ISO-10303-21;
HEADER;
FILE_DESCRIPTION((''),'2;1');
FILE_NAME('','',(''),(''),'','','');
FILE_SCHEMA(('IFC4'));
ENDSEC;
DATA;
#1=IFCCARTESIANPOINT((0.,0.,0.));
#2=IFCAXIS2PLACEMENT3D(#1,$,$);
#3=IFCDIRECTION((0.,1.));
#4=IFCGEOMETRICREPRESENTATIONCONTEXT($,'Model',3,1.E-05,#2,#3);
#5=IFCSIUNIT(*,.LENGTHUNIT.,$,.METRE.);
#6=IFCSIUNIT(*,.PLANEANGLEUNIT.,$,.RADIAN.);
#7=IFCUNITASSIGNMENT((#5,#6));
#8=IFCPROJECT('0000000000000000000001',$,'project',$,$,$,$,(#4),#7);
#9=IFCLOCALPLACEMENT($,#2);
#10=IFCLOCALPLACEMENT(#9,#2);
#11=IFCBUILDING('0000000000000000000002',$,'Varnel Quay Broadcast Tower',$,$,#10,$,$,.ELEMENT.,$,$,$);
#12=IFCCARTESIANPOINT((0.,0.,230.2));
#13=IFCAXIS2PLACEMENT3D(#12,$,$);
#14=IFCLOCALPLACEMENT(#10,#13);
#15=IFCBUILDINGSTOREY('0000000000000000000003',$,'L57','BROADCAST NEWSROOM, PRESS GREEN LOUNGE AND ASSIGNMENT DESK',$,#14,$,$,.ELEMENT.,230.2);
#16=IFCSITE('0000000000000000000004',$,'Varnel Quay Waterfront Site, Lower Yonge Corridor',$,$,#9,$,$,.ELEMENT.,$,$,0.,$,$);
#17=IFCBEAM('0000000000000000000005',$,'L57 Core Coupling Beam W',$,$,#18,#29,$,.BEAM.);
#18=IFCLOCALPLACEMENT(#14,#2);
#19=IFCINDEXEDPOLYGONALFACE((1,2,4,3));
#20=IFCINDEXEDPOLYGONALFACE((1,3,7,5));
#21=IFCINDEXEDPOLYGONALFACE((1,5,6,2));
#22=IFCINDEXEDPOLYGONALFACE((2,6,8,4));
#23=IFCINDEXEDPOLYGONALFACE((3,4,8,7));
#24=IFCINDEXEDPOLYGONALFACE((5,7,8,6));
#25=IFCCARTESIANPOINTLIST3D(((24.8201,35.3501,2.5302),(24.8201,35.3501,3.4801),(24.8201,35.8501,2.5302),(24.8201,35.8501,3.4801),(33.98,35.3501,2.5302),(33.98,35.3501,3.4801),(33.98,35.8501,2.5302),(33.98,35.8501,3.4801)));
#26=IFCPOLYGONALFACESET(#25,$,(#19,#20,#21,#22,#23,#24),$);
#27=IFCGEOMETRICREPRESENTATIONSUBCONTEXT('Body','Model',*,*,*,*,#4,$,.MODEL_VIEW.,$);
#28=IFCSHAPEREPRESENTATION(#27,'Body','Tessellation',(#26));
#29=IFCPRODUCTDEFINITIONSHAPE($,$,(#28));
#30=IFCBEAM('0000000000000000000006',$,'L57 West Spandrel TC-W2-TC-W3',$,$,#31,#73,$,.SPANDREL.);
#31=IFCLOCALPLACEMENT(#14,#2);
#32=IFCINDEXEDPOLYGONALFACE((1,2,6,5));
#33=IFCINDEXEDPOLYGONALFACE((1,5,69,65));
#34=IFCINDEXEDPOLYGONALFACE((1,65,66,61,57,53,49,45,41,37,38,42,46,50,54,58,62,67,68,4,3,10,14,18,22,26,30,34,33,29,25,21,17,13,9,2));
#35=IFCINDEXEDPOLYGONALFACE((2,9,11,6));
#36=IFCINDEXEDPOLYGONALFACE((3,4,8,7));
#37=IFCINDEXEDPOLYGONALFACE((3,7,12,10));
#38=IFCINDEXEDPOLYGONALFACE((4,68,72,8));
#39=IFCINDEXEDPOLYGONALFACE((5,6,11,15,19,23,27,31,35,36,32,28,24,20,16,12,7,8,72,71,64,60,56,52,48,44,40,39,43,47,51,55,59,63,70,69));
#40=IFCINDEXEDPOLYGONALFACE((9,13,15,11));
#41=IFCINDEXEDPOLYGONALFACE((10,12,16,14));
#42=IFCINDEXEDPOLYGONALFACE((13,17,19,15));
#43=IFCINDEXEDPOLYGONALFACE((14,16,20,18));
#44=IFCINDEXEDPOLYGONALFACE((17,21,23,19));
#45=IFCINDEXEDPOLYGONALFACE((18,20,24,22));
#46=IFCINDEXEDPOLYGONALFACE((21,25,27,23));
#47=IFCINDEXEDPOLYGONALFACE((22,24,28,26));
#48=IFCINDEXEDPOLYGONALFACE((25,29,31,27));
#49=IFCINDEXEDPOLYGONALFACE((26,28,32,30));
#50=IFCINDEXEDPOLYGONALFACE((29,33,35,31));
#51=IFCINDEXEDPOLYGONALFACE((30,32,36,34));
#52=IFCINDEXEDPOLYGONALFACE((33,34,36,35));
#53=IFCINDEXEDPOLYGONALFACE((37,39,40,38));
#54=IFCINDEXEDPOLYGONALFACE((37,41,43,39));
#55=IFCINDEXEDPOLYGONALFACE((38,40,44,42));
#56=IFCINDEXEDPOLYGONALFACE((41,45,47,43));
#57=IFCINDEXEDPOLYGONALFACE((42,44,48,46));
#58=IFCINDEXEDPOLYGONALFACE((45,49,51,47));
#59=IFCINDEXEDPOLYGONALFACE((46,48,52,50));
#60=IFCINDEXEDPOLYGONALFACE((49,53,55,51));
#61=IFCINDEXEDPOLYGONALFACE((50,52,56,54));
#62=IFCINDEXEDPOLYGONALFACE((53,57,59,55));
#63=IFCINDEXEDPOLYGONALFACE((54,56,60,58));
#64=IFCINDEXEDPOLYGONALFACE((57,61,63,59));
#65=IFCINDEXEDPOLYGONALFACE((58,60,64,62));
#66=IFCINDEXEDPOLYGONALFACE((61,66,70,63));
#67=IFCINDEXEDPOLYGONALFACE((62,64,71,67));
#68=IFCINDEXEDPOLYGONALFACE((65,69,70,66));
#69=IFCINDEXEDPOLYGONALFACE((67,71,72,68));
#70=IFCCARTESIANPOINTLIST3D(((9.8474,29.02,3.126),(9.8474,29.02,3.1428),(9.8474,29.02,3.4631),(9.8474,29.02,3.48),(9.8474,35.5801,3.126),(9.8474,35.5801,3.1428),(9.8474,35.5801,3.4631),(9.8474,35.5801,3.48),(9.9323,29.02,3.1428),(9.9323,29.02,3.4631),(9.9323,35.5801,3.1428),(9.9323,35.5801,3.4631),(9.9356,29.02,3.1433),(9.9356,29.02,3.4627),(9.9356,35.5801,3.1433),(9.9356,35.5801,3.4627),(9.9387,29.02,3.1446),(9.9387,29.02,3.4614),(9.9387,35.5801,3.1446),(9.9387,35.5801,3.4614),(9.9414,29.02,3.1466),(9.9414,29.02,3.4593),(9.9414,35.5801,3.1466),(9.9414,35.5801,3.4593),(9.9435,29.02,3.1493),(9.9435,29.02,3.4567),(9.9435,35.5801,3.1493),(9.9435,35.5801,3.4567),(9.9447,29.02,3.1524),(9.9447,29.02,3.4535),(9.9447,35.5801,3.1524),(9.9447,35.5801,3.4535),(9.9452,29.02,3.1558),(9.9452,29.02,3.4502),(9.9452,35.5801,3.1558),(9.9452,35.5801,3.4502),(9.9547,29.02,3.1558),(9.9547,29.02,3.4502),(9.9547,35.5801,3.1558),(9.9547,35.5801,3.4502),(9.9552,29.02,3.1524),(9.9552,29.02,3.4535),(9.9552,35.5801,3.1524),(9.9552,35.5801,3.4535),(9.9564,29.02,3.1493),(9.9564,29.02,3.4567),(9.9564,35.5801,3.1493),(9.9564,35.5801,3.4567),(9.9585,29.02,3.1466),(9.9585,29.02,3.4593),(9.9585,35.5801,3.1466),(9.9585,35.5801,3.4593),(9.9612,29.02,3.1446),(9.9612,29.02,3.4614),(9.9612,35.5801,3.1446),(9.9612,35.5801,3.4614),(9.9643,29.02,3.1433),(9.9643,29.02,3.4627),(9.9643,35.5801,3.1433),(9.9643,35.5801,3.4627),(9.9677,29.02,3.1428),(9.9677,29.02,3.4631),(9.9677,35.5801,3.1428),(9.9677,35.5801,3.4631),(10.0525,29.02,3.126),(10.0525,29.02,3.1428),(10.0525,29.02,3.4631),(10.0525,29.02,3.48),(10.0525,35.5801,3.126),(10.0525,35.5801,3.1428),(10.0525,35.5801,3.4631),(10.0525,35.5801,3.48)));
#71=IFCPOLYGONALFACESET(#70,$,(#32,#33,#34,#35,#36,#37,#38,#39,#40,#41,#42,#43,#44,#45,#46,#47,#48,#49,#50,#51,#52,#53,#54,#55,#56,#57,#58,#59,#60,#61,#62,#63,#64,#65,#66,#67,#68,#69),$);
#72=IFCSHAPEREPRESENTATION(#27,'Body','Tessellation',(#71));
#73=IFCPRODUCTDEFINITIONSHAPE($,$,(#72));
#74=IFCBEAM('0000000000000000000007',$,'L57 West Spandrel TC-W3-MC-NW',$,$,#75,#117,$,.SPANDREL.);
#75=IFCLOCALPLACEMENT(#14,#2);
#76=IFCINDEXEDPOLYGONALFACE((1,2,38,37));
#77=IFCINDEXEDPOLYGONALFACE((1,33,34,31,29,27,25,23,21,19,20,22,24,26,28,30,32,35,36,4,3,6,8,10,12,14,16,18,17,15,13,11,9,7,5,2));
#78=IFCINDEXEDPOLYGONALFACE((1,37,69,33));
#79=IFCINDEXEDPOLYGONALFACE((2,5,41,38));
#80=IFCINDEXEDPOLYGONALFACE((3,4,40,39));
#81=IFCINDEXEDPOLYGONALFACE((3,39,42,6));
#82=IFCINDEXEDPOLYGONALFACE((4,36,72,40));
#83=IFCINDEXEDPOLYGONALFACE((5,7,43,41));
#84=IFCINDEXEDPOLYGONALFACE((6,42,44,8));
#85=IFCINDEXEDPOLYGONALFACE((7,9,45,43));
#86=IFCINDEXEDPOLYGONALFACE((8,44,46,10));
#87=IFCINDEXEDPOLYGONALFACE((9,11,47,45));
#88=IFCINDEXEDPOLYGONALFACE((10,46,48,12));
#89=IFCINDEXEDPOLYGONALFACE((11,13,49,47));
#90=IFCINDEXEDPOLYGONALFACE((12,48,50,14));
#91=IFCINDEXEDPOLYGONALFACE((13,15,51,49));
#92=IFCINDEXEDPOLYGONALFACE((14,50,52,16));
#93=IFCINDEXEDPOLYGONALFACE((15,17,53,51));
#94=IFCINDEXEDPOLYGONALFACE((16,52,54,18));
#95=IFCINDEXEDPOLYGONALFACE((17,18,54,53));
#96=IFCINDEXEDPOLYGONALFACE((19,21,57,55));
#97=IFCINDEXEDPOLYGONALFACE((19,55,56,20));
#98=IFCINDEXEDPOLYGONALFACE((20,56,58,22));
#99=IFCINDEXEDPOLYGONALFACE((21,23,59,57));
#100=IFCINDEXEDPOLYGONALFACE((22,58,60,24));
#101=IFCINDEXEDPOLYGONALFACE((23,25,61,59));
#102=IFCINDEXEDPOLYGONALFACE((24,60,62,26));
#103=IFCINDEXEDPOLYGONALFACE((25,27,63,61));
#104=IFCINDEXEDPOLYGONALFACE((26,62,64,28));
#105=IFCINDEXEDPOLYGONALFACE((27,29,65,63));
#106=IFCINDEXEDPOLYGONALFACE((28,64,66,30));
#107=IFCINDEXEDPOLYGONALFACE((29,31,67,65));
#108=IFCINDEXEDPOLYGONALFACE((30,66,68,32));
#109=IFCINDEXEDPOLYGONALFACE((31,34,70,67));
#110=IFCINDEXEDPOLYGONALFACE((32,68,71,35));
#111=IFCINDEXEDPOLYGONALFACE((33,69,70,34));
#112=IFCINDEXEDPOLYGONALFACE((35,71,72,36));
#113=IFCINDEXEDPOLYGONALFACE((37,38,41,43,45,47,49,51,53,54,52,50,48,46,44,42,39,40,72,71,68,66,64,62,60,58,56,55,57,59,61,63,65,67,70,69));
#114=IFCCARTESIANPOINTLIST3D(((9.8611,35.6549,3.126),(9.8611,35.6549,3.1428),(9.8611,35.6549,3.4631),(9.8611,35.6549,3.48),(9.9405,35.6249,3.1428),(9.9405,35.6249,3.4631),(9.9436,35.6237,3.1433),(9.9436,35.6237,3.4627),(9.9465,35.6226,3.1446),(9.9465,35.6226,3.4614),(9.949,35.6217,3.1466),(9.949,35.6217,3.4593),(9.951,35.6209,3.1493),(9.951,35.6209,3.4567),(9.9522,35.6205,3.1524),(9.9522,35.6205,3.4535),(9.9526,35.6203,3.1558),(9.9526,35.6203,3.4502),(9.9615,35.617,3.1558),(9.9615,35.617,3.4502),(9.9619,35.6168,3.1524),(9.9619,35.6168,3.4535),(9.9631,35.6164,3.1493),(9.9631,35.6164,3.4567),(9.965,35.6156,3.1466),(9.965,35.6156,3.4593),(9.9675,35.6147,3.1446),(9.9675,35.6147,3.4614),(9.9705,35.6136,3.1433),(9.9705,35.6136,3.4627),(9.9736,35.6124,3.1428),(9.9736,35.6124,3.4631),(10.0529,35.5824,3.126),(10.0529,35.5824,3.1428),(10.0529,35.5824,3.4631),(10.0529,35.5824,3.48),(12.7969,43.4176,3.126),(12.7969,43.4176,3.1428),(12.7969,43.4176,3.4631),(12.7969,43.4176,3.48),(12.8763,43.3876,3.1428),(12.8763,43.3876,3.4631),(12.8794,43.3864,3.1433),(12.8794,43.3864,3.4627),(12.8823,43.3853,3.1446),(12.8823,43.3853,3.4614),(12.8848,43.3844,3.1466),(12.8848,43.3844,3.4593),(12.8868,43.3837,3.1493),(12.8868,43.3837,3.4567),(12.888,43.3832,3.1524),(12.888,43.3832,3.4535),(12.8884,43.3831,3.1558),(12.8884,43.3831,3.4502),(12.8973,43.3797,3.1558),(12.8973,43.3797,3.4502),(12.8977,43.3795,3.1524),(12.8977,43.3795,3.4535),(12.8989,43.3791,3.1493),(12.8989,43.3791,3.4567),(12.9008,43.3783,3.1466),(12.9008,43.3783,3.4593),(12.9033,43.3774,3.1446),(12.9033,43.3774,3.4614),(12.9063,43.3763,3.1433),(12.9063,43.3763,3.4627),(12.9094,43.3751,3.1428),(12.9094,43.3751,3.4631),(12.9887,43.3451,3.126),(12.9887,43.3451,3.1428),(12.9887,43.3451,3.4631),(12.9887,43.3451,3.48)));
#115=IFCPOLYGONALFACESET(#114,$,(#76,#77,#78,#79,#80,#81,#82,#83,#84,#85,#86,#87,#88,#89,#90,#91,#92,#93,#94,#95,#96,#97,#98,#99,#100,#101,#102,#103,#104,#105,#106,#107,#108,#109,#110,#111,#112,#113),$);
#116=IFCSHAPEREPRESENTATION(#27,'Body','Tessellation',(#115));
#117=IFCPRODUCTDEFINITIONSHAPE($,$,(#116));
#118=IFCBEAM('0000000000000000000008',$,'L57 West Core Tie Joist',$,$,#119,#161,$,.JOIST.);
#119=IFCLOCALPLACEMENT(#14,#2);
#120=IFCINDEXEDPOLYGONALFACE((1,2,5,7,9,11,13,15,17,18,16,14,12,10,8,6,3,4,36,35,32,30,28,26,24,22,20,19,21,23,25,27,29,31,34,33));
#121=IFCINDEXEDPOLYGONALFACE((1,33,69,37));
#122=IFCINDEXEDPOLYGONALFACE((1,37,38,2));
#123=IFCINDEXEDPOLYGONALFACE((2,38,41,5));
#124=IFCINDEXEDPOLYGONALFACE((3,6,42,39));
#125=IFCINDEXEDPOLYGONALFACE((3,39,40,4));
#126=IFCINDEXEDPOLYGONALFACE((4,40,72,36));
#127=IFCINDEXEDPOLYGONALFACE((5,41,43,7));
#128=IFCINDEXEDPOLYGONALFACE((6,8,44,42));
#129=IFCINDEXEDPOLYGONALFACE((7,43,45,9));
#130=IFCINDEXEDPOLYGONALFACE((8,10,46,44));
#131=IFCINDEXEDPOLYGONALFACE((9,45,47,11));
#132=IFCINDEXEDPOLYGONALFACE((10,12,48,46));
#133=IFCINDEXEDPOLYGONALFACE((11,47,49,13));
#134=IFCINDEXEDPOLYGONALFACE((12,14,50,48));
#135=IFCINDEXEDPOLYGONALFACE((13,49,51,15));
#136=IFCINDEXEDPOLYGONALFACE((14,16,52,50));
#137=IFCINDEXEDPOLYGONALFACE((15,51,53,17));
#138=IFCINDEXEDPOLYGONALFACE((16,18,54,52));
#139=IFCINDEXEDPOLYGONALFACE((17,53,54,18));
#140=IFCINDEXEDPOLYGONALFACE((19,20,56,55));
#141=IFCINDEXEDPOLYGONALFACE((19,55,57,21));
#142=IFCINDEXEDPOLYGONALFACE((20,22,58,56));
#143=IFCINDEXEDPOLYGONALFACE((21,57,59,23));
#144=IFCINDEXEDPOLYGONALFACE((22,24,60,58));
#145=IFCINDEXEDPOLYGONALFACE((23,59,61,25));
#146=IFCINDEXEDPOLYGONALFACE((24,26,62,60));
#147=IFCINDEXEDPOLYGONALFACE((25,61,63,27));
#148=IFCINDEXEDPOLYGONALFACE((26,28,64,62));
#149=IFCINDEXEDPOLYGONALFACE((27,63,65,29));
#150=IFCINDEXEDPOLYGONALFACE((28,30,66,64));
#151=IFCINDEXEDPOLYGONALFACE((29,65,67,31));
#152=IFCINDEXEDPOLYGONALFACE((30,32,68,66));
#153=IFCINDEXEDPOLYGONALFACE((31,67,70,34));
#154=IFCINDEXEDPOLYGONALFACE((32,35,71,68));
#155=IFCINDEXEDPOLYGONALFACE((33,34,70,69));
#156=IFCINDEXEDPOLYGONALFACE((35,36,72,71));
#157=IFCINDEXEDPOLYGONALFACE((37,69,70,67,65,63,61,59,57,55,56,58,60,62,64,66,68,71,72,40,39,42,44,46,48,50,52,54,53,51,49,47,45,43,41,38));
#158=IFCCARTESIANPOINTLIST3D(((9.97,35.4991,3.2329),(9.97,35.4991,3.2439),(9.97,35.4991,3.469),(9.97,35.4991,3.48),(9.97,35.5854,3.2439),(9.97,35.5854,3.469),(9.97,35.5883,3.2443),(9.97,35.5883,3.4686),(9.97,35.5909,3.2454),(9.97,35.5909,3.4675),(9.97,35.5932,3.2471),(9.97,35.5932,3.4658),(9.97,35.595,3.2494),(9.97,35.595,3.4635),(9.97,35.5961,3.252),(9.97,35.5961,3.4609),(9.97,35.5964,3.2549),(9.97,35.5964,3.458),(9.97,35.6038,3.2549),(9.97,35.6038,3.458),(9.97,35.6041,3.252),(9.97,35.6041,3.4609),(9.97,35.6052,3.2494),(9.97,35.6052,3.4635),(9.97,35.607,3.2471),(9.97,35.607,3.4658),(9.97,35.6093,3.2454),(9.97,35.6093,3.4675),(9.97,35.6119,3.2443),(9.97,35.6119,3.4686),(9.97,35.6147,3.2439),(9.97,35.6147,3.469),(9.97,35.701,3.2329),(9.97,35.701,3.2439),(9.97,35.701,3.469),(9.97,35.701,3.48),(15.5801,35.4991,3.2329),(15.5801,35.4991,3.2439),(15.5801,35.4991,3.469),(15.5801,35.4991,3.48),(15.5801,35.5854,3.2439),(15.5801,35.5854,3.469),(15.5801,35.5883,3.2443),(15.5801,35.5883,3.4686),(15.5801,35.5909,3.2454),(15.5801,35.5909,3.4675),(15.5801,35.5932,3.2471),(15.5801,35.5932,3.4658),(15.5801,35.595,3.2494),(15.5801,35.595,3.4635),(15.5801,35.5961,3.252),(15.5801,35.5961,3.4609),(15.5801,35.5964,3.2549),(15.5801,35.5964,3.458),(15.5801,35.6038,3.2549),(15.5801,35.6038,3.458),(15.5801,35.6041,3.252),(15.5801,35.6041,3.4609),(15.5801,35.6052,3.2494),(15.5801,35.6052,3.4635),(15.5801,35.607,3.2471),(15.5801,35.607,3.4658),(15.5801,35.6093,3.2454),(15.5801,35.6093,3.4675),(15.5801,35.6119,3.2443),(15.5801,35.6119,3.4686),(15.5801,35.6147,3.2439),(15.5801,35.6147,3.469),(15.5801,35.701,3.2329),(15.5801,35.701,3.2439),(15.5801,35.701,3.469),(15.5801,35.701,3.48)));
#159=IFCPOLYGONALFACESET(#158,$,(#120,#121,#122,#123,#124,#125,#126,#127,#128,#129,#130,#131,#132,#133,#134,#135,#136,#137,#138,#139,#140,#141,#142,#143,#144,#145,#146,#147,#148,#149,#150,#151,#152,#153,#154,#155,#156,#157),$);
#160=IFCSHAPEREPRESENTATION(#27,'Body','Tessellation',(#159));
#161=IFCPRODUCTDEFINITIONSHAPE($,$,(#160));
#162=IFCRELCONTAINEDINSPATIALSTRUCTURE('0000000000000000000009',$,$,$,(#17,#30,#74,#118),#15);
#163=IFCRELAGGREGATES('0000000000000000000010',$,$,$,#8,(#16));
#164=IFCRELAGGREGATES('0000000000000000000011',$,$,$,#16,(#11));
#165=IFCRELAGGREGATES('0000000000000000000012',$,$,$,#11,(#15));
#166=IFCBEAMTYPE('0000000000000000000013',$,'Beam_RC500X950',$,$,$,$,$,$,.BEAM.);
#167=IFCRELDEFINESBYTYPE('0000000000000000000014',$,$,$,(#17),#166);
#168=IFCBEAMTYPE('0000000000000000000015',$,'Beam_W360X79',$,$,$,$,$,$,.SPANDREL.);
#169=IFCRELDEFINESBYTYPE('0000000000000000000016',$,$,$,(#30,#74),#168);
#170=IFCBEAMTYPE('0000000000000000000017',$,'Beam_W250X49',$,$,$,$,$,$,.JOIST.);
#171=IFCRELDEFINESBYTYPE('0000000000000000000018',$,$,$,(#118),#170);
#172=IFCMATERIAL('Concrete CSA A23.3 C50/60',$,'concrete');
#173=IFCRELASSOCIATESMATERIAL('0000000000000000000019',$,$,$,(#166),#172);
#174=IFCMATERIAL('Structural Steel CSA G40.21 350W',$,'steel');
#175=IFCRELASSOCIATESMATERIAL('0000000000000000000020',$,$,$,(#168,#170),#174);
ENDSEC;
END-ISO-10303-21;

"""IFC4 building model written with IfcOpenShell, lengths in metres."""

from ifc_helpers import new_model, si_unit, direction, frame, origin, origin_2d, place, context, subcontext, project, spatial, rectangle, i_section, extrude, source, transform, mapped, material, material_profile, profile_set, type_object, type_shapes, element, save


model = new_model("IFC4")

# Units and contexts
model_context = context("Model", 3, precision=1e-05, world=origin(), true_north=direction((0.0, 1.0)))
body_context = subcontext(model_context, "Body", "Model", "MODEL_VIEW")
ifc_project = project(units=[si_unit("LENGTHUNIT", "METRE"), si_unit("PLANEANGLEUNIT", "RADIAN")], contexts=[model_context])

# Site, building, storey
site_placement = place(None, origin())
site = spatial("IfcSite", under=ifc_project, at=site_placement, Name="Varnel Quay Waterfront Site, Lower Yonge Corridor", CompositionType="ELEMENT", RefElevation=0.0)
building_placement = place(site_placement, origin())
building = spatial("IfcBuilding", under=site, at=building_placement, Name="Varnel Quay Broadcast Tower", CompositionType="ELEMENT")
storey_placement = place(building_placement, frame((0.0, 0.0, 230.2)))
storey = spatial("IfcBuildingStorey", under=building, at=storey_placement, Name="L57", Description="BROADCAST NEWSROOM, PRESS GREEN LOUNGE AND ASSIGNMENT DESK", CompositionType="ELEMENT", Elevation=230.2)

# Shared definitions
ifc_material_1 = material(Name="Structural Steel CSA G40.21 350W", Category="steel")

# Beams
ifc_material_2 = material(Name="Concrete CSA A23.3 C50/60", Category="concrete")
ifc_material_profile_1 = material_profile(ifc_material_2, rectangle(XDim=0.5, YDim=0.95, at=origin_2d()), Name="RC500X950")
ifc_profile_set_1 = profile_set([ifc_material_profile_1], Name="Concrete CSA A23.3 C50/60")
beam_type_1 = type_object("IfcBeamType", Name="Beam_RC500X950", PredefinedType="BEAM", material=ifc_profile_set_1)
shared_shape_1 = source(origin(), body_context, "Body", "SweptSolid", [
    extrude(rectangle(XDim=0.5, YDim=0.95, at=origin_2d()), origin(), (0.0, 0.0, 1.0), 9.1599),
])
type_shapes(beam_type_1, [shared_shape_1])
beam_1_placement = place(storey_placement, frame((24.8201, 35.6001, 3.0051), z_axis=(1.0, 0.0, 0.0), x_axis=(0.0, 1.0, 0.0)))
element("IfcBeam", 1, at=beam_1_placement, inside=storey, type_object=beam_type_1, Name="L57 Core Coupling Beam W", PredefinedType="BEAM", context=body_context, shape_type="MappedRepresentation", body=[
    mapped(shared_shape_1, transform((0.0, 0.0, 0.0), x_axis=(1.0, 0.0, 0.0), y_axis=(0.0, 1.0, 0.0), z_axis=(0.0, 0.0, 1.0), scale=1.0)),
])
ifc_material_profile_2 = material_profile(ifc_material_1, i_section(OverallWidth=0.2051, OverallDepth=0.354, WebThickness=0.0095, FlangeThickness=0.0168, FilletRadius=0.0129, at=origin_2d()), Name="W360X79")
ifc_profile_set_2 = profile_set([ifc_material_profile_2], Name="Structural Steel CSA G40.21 350W")
beam_type_2 = type_object("IfcBeamType", Name="Beam_W360X79", PredefinedType="SPANDREL", material=ifc_profile_set_2)
shared_shape_2 = source(origin(), body_context, "Body", "SweptSolid", [
    extrude(i_section(OverallWidth=0.2051, OverallDepth=0.354, WebThickness=0.0095, FlangeThickness=0.0168, FilletRadius=0.0129, at=origin_2d()), origin(), (0.0, 0.0, 1.0), 6.5601),
])
beam_2_placement = place(storey_placement, frame((9.95, 29.02, 3.303), z_axis=(0.0, 1.0, 0.0), x_axis=(-1.0, 0.0, 0.0)))
element("IfcBeam", 2, at=beam_2_placement, inside=storey, type_object=beam_type_2, Name="L57 West Spandrel TC-W2-TC-W3", PredefinedType="SPANDREL", context=body_context, shape_type="MappedRepresentation", body=[
    mapped(shared_shape_2, transform((0.0, 0.0, 0.0), x_axis=(1.0, 0.0, 0.0), y_axis=(0.0, 1.0, 0.0), z_axis=(0.0, 0.0, 1.0), scale=1.0)),
])
shared_shape_3 = source(origin(), body_context, "Body", "SweptSolid", [
    extrude(i_section(OverallWidth=0.2051, OverallDepth=0.354, WebThickness=0.0095, FlangeThickness=0.0168, FilletRadius=0.0129, at=origin_2d()), origin(), (0.0, 0.0, 1.0), 8.2993),
])
type_shapes(beam_type_2, [shared_shape_2, shared_shape_3])
beam_3_placement = place(storey_placement, frame((9.957, 35.6187, 3.303), z_axis=(0.35374, 0.935344, 0.0), x_axis=(-0.935344, 0.35374, 0.0)))
element("IfcBeam", 3, at=beam_3_placement, inside=storey, type_object=beam_type_2, Name="L57 West Spandrel TC-W3-MC-NW", PredefinedType="SPANDREL", context=body_context, shape_type="MappedRepresentation", body=[
    mapped(shared_shape_3, transform((0.0, 0.0, 0.0), x_axis=(1.0, 0.0, 0.0), y_axis=(0.0, 1.0, 0.0), z_axis=(0.0, 0.0, 1.0), scale=1.0)),
])
ifc_material_profile_3 = material_profile(ifc_material_1, i_section(OverallWidth=0.2019, OverallDepth=0.2471, WebThickness=0.0073, FlangeThickness=0.011, FilletRadius=0.011, at=origin_2d()), Name="W250X49")
ifc_profile_set_3 = profile_set([ifc_material_profile_3], Name="Structural Steel CSA G40.21 350W")
beam_type_3 = type_object("IfcBeamType", Name="Beam_W250X49", PredefinedType="JOIST", material=ifc_profile_set_3)
shared_shape_4 = source(origin(), body_context, "Body", "SweptSolid", [
    extrude(i_section(OverallWidth=0.2019, OverallDepth=0.2471, WebThickness=0.0073, FlangeThickness=0.011, FilletRadius=0.011, at=origin_2d()), origin(), (0.0, 0.0, 1.0), 5.6101),
])
type_shapes(beam_type_3, [shared_shape_4])
beam_4_placement = place(storey_placement, frame((9.97, 35.6001, 3.3564), z_axis=(1.0, 0.0, 0.0), x_axis=(0.0, 1.0, 0.0)))
element("IfcBeam", 4, at=beam_4_placement, inside=storey, type_object=beam_type_3, Name="L57 West Core Tie Joist", PredefinedType="JOIST", context=body_context, shape_type="MappedRepresentation", body=[
    mapped(shared_shape_4, transform((0.0, 0.0, 0.0), x_axis=(1.0, 0.0, 0.0), y_axis=(0.0, 1.0, 0.0), z_axis=(0.0, 0.0, 1.0), scale=1.0)),
])

save(model, "model.ifc")
